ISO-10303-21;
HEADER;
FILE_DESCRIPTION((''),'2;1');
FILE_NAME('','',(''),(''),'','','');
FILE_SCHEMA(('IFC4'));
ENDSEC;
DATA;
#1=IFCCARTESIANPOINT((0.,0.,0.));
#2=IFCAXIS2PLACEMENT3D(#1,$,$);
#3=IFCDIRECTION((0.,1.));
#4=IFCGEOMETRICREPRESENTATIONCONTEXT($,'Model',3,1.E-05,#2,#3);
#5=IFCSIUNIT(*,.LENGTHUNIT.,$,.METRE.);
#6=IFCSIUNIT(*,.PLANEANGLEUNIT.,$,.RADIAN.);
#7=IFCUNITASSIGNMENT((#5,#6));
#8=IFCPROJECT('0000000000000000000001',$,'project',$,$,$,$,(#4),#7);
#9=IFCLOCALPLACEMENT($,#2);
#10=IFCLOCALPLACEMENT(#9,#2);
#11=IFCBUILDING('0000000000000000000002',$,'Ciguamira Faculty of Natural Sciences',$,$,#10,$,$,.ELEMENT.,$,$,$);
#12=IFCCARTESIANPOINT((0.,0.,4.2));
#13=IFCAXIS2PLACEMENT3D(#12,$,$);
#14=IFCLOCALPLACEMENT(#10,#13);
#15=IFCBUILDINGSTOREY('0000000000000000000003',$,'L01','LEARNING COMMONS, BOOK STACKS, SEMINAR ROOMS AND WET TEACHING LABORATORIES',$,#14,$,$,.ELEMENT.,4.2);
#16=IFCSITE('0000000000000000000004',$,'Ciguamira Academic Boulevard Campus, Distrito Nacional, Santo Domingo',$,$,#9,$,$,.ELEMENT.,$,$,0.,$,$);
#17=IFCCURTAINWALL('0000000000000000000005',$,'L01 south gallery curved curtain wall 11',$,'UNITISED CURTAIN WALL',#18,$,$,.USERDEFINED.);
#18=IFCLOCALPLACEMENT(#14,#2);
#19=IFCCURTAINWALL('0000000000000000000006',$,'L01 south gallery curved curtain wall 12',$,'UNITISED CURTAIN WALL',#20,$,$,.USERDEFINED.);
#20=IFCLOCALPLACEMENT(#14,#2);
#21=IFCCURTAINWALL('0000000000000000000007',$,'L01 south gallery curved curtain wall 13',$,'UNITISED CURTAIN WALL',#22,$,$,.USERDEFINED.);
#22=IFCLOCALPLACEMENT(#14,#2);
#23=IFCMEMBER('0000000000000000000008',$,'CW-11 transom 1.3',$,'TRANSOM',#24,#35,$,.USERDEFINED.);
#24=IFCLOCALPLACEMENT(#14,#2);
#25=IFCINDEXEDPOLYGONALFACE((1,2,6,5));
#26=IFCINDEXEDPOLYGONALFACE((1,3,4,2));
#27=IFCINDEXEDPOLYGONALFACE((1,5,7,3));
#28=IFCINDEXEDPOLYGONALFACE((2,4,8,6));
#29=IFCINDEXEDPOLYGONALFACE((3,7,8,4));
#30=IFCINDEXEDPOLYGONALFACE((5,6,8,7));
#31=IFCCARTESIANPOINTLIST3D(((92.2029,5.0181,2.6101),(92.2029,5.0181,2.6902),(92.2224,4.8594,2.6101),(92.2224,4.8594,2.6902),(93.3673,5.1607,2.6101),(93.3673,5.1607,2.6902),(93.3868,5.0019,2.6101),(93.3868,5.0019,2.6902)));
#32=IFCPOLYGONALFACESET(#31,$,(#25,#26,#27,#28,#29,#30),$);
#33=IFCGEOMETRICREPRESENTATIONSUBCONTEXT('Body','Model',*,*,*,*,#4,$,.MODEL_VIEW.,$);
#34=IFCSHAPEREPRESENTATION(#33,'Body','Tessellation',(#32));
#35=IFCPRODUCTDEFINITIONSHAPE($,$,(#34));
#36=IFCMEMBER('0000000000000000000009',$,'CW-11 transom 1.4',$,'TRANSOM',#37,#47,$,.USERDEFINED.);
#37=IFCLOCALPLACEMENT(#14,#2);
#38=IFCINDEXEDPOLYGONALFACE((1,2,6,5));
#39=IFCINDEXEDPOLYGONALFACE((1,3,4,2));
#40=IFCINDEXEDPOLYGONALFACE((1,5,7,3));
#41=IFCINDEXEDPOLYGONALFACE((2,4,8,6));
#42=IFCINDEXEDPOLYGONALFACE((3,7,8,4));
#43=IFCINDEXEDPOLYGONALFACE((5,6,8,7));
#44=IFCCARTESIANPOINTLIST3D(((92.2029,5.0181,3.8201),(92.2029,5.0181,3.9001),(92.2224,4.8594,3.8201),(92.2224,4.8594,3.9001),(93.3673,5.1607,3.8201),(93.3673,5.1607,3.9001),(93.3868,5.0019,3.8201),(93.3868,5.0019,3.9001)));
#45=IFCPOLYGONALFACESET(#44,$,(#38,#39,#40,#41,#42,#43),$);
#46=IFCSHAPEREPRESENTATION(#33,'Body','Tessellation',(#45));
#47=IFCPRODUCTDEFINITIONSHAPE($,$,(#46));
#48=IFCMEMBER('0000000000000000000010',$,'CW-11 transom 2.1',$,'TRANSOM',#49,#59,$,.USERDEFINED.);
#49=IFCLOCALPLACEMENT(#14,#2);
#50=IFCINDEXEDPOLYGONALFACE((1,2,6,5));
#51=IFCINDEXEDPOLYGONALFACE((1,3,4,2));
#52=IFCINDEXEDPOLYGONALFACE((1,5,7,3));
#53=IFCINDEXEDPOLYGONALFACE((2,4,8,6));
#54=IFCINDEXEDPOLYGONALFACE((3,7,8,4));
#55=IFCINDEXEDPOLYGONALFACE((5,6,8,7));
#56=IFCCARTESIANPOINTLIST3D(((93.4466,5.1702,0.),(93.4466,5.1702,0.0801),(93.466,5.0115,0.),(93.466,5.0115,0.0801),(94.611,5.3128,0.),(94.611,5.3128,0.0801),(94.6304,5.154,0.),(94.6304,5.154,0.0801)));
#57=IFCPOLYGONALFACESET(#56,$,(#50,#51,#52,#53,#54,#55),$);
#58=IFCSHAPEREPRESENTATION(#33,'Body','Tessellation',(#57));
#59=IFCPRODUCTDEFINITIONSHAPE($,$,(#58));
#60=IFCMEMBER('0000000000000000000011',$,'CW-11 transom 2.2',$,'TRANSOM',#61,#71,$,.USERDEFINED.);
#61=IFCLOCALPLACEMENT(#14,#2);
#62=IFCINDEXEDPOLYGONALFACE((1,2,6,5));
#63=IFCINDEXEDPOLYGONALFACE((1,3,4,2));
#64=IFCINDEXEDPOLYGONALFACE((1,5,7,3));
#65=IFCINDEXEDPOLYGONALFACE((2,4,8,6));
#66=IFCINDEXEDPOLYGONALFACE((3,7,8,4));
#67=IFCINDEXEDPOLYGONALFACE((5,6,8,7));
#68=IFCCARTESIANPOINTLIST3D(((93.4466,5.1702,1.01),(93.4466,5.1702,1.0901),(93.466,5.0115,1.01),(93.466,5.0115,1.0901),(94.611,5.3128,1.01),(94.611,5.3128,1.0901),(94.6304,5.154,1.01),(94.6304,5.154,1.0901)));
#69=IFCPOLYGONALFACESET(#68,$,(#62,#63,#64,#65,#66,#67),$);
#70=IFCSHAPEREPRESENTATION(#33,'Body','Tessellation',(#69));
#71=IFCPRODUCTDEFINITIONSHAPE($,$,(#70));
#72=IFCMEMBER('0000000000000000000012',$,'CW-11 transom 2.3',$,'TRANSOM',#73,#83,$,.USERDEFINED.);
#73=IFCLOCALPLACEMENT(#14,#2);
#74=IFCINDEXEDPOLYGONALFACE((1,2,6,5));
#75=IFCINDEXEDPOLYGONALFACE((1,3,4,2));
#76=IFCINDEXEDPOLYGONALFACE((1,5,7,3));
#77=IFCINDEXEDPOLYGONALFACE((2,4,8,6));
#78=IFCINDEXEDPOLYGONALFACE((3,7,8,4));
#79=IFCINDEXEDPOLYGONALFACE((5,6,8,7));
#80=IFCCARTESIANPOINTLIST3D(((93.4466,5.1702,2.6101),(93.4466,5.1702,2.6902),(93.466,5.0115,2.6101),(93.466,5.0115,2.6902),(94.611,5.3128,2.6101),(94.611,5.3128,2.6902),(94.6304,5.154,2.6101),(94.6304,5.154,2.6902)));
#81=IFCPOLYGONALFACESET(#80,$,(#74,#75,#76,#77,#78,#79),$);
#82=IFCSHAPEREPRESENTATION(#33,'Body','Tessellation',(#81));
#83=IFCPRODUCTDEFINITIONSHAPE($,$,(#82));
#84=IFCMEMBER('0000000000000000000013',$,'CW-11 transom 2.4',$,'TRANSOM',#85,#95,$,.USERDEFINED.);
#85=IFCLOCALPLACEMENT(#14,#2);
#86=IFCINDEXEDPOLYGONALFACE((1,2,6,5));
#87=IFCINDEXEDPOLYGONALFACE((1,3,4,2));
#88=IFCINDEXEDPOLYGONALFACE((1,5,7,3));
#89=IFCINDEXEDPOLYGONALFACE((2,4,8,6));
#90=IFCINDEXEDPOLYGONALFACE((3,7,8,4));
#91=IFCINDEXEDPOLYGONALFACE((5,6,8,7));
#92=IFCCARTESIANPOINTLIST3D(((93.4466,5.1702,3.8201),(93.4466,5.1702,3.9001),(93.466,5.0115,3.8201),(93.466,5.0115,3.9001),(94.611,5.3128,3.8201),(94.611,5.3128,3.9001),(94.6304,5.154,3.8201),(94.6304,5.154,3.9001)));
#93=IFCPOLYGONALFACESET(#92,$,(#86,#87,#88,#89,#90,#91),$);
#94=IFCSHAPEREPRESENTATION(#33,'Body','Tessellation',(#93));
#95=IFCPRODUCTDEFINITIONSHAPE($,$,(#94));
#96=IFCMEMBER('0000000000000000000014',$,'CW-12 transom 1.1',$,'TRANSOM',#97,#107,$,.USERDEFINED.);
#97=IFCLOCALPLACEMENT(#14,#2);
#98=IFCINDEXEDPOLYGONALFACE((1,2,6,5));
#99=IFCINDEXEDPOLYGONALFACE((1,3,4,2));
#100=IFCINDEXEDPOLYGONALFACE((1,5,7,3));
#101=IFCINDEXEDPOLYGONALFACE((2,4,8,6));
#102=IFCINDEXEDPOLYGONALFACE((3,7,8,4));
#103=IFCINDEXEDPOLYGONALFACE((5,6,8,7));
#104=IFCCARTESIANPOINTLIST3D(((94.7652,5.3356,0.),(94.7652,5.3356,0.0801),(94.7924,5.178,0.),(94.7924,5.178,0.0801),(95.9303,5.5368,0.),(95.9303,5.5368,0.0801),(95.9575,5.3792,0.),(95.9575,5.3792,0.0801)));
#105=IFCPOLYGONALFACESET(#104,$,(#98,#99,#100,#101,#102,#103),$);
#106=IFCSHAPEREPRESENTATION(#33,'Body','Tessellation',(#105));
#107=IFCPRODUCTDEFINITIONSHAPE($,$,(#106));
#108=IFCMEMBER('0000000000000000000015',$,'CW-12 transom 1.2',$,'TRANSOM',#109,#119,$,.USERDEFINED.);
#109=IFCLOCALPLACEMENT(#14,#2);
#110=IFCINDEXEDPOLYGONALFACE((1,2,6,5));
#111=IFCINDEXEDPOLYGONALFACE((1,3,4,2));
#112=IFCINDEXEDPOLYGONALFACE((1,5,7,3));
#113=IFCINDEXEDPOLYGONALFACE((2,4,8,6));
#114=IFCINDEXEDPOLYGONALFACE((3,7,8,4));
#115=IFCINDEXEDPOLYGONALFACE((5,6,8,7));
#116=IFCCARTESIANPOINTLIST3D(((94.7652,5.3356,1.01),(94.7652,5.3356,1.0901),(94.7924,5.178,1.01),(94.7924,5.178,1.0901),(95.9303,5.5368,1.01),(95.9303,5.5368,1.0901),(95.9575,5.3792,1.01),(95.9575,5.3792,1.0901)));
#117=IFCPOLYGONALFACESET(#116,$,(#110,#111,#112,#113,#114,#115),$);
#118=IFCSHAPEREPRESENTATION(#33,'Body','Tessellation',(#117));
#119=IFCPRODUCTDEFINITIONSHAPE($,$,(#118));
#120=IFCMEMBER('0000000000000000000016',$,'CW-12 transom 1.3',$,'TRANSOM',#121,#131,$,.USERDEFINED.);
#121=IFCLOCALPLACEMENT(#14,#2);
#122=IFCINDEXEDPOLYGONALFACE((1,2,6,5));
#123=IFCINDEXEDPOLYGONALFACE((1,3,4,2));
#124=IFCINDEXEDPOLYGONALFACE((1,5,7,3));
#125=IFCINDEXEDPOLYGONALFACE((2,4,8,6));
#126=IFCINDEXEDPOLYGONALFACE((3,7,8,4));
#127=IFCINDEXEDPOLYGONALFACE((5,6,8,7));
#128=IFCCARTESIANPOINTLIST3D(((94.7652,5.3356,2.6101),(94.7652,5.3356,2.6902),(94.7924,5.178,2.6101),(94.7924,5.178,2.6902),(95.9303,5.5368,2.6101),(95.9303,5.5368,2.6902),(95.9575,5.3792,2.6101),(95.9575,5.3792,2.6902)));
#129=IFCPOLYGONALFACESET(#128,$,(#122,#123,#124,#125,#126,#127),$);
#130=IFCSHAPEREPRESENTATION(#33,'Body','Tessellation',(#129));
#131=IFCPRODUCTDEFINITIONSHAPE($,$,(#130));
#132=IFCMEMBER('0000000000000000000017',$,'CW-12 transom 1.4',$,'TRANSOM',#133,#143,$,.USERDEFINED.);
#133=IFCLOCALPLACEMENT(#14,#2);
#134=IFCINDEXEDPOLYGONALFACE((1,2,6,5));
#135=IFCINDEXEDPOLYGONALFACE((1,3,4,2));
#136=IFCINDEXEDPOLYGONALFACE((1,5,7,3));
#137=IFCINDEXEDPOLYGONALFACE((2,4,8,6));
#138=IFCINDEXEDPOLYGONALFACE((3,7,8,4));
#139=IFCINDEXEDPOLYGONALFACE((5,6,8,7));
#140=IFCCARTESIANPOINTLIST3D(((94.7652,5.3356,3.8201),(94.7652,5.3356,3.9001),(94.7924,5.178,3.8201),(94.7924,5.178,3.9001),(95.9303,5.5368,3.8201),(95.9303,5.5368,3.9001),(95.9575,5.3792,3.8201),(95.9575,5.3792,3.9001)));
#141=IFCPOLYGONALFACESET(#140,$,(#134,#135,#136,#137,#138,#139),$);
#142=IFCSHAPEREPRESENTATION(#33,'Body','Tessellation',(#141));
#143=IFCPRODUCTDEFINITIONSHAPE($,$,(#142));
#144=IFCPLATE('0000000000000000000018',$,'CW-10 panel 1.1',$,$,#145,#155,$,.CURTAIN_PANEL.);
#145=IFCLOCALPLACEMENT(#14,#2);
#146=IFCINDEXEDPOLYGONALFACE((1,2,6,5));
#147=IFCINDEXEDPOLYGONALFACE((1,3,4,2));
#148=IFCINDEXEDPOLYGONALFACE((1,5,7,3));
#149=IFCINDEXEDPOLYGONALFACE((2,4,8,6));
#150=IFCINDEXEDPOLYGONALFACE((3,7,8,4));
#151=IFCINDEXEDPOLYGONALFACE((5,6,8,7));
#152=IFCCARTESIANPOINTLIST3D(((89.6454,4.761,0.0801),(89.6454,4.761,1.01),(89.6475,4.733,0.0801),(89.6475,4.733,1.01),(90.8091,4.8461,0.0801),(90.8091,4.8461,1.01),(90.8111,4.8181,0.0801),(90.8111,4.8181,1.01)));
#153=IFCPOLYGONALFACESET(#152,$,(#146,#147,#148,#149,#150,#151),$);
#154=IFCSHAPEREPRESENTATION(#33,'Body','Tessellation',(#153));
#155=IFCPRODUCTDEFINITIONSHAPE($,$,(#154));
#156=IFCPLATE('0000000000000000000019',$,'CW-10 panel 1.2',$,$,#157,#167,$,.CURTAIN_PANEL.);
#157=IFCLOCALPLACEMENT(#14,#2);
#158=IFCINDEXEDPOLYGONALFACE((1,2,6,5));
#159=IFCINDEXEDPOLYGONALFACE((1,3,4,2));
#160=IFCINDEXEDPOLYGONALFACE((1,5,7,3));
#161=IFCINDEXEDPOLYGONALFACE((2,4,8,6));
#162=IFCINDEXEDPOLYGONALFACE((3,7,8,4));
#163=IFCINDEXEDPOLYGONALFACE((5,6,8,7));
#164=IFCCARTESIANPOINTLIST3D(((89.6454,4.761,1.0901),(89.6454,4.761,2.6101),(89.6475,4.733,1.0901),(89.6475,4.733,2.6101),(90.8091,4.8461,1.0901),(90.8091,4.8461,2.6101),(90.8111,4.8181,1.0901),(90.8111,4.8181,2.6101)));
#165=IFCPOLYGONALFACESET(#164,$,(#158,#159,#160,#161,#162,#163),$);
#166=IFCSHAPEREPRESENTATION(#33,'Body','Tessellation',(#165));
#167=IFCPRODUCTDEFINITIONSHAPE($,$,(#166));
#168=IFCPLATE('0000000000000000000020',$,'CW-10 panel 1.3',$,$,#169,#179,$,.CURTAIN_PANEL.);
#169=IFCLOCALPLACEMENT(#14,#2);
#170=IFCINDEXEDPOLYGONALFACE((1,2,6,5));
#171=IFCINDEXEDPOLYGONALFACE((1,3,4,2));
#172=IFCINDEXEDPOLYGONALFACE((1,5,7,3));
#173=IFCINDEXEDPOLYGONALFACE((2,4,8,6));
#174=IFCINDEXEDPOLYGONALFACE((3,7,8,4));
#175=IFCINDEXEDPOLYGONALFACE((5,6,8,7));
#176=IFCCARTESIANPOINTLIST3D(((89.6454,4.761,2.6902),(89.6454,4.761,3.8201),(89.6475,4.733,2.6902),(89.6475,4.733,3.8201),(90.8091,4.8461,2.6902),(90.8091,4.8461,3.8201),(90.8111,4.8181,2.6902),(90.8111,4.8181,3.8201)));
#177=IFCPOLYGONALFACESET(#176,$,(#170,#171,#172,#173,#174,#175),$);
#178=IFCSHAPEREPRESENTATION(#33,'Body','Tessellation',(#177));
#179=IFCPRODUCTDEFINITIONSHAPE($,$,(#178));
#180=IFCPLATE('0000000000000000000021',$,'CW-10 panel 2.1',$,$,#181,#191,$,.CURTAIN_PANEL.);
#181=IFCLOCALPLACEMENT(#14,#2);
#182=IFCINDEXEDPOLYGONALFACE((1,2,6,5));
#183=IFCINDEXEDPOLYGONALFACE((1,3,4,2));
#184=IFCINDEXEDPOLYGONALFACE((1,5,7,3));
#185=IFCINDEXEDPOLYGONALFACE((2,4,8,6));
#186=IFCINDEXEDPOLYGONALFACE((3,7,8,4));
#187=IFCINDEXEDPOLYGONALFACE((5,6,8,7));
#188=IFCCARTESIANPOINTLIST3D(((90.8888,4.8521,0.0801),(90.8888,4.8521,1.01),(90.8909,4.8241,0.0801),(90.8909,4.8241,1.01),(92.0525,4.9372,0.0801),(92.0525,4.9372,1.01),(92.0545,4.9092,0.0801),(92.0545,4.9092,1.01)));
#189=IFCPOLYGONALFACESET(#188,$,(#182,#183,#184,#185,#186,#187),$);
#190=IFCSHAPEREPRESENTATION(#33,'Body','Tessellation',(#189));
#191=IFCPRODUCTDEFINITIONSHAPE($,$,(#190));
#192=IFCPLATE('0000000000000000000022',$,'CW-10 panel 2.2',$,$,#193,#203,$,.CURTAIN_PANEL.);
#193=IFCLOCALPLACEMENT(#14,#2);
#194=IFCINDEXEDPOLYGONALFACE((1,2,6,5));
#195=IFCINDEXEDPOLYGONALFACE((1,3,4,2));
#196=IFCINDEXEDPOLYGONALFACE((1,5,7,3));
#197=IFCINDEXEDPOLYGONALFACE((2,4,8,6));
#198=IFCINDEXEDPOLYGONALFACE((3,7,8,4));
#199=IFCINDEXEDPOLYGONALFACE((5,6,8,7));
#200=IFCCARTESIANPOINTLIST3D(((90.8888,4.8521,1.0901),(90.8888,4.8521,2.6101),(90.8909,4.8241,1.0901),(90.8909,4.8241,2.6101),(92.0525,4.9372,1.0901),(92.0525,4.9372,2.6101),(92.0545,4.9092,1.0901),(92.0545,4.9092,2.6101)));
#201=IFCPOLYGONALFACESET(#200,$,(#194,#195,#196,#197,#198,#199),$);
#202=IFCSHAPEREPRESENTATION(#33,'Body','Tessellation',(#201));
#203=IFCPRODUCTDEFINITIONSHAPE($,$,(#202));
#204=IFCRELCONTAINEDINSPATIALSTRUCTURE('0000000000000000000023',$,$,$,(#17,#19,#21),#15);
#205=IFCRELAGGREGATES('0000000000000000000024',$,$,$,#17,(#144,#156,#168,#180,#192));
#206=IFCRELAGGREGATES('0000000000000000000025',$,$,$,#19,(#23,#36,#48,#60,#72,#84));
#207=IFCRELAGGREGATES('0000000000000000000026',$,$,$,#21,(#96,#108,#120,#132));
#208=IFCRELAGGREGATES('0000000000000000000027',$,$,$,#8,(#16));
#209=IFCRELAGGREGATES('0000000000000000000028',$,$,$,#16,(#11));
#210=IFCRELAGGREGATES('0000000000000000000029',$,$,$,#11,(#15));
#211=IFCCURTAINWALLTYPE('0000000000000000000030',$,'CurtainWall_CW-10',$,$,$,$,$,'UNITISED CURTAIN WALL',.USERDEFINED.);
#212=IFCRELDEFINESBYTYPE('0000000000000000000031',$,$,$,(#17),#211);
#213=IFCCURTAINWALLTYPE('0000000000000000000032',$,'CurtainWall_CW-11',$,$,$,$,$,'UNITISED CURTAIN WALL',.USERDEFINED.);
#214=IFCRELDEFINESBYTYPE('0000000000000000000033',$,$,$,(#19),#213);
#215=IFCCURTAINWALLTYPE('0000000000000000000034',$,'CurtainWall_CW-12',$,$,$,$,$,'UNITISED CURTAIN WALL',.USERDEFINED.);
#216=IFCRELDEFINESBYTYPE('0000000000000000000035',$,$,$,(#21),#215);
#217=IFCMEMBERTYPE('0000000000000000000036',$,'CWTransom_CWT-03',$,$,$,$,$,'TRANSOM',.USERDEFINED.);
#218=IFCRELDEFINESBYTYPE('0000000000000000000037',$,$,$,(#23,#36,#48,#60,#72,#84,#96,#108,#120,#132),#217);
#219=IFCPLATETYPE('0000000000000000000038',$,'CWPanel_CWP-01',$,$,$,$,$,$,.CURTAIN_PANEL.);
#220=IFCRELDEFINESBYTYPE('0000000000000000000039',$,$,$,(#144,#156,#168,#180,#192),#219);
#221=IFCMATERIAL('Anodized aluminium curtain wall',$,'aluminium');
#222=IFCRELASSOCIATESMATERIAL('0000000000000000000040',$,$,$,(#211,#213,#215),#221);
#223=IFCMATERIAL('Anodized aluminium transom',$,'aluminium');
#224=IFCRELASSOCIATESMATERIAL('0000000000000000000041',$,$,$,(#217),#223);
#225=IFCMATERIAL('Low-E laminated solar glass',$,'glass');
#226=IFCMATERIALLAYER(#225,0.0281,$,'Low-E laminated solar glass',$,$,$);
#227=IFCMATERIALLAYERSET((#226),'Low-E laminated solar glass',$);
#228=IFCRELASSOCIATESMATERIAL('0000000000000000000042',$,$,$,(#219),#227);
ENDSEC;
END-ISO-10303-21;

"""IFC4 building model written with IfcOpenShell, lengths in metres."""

from ifc_helpers import new_model, si_unit, direction, frame, origin, origin_2d, place, context, subcontext, project, spatial, rectangle, extrude, material, layer, layer_set, material_profile, profile_set, type_object, element, aggregate, save


model = new_model("IFC4")

# Units and contexts
model_context = context("Model", 3, precision=1e-05, world=origin(), true_north=direction((0.0, 1.0)))
body_context = subcontext(model_context, "Body", "Model", "MODEL_VIEW")
ifc_project = project(units=[si_unit("LENGTHUNIT", "METRE"), si_unit("PLANEANGLEUNIT", "RADIAN")], contexts=[model_context])

# Site, building, storey
site_placement = place(None, origin())
site = spatial("IfcSite", under=ifc_project, at=site_placement, Name="Ciguamira Academic Boulevard Campus, Distrito Nacional, Santo Domingo", CompositionType="ELEMENT", RefElevation=0.0)
building_placement = place(site_placement, origin())
building = spatial("IfcBuilding", under=site, at=building_placement, Name="Ciguamira Faculty of Natural Sciences", CompositionType="ELEMENT")
storey_placement = place(building_placement, frame((0.0, 0.0, 4.2)))
storey = spatial("IfcBuildingStorey", under=building, at=storey_placement, Name="L01", Description="LEARNING COMMONS, BOOK STACKS, SEMINAR ROOMS AND WET TEACHING LABORATORIES", CompositionType="ELEMENT", Elevation=4.2)

# Curtain walls
ifc_material_1 = material(Name="Anodized aluminium curtain wall", Category="aluminium")
curtain_wall_type_1 = type_object("IfcCurtainWallType", Name="CurtainWall_CW-10", ElementType="UNITISED CURTAIN WALL", PredefinedType="USERDEFINED", material=ifc_material_1)
curtain_wall_1_placement = place(storey_placement, origin())
curtain_wall_1 = element("IfcCurtainWall", 1, at=curtain_wall_1_placement, inside=storey, type_object=curtain_wall_type_1, Name="L01 south gallery curved curtain wall 11", ObjectType="UNITISED CURTAIN WALL", PredefinedType="USERDEFINED")
curtain_wall_type_2 = type_object("IfcCurtainWallType", Name="CurtainWall_CW-11", ElementType="UNITISED CURTAIN WALL", PredefinedType="USERDEFINED", material=ifc_material_1)
curtain_wall_2_placement = place(storey_placement, origin())
curtain_wall_2 = element("IfcCurtainWall", 2, at=curtain_wall_2_placement, inside=storey, type_object=curtain_wall_type_2, Name="L01 south gallery curved curtain wall 12", ObjectType="UNITISED CURTAIN WALL", PredefinedType="USERDEFINED")
curtain_wall_type_3 = type_object("IfcCurtainWallType", Name="CurtainWall_CW-12", ElementType="UNITISED CURTAIN WALL", PredefinedType="USERDEFINED", material=ifc_material_1)
curtain_wall_3_placement = place(storey_placement, origin())
curtain_wall_3 = element("IfcCurtainWall", 3, at=curtain_wall_3_placement, inside=storey, type_object=curtain_wall_type_3, Name="L01 south gallery curved curtain wall 13", ObjectType="UNITISED CURTAIN WALL", PredefinedType="USERDEFINED")

# Members
ifc_material_2 = material(Name="Anodized aluminium transom", Category="aluminium")
ifc_material_profile_1 = material_profile(ifc_material_2, rectangle(XDim=0.0801, YDim=0.1599, at=origin_2d()), Name="ALU-TRN-80X160")
ifc_profile_set_1 = profile_set([ifc_material_profile_1], Name="Anodized aluminium transom")
member_type_1 = type_object("IfcMemberType", Name="CWTransom_CWT-03", ElementType="TRANSOM", PredefinedType="USERDEFINED", material=ifc_profile_set_1)
member_1_placement = place(storey_placement, frame((92.2126, 4.9387, 2.6501), z_axis=(0.992585, 0.12155, 0.0), x_axis=(0.0, 0.0, 1.0)))
member_1 = element("IfcMember", 4, at=member_1_placement, type_object=member_type_1, Name="CW-11 transom 1.3", ObjectType="TRANSOM", PredefinedType="USERDEFINED", context=body_context, shape_type="SweptSolid", body=[
    extrude(rectangle(XDim=0.0801, YDim=0.1599, at=origin_2d()), origin(), (0.0, 0.0, 1.0), 1.1731),
])
member_2_placement = place(storey_placement, frame((92.2126, 4.9387, 3.8601), z_axis=(0.992585, 0.12155, 0.0), x_axis=(0.0, 0.0, 1.0)))
member_2 = element("IfcMember", 5, at=member_2_placement, type_object=member_type_1, Name="CW-11 transom 1.4", ObjectType="TRANSOM", PredefinedType="USERDEFINED", context=body_context, shape_type="SweptSolid", body=[
    extrude(rectangle(XDim=0.0801, YDim=0.1599, at=origin_2d()), origin(), (0.0, 0.0, 1.0), 1.1731),
])
member_3_placement = place(storey_placement, frame((93.4563, 5.0908, 0.04), z_axis=(0.992585, 0.12155, 0.0), x_axis=(0.0, 0.0, 1.0)))
member_3 = element("IfcMember", 6, at=member_3_placement, type_object=member_type_1, Name="CW-11 transom 2.1", ObjectType="TRANSOM", PredefinedType="USERDEFINED", context=body_context, shape_type="SweptSolid", body=[
    extrude(rectangle(XDim=0.0801, YDim=0.1599, at=origin_2d()), origin(), (0.0, 0.0, 1.0), 1.1731),
])
member_4_placement = place(storey_placement, frame((93.4563, 5.0908, 1.05), z_axis=(0.992585, 0.12155, 0.0), x_axis=(0.0, 0.0, 1.0)))
member_4 = element("IfcMember", 7, at=member_4_placement, type_object=member_type_1, Name="CW-11 transom 2.2", ObjectType="TRANSOM", PredefinedType="USERDEFINED", context=body_context, shape_type="SweptSolid", body=[
    extrude(rectangle(XDim=0.0801, YDim=0.1599, at=origin_2d()), origin(), (0.0, 0.0, 1.0), 1.1731),
])
member_5_placement = place(storey_placement, frame((93.4563, 5.0908, 2.6501), z_axis=(0.992585, 0.12155, 0.0), x_axis=(0.0, 0.0, 1.0)))
member_5 = element("IfcMember", 8, at=member_5_placement, type_object=member_type_1, Name="CW-11 transom 2.3", ObjectType="TRANSOM", PredefinedType="USERDEFINED", context=body_context, shape_type="SweptSolid", body=[
    extrude(rectangle(XDim=0.0801, YDim=0.1599, at=origin_2d()), origin(), (0.0, 0.0, 1.0), 1.1731),
])
member_6_placement = place(storey_placement, frame((93.4563, 5.0908, 3.8601), z_axis=(0.992585, 0.12155, 0.0), x_axis=(0.0, 0.0, 1.0)))
member_6 = element("IfcMember", 9, at=member_6_placement, type_object=member_type_1, Name="CW-11 transom 2.4", ObjectType="TRANSOM", PredefinedType="USERDEFINED", context=body_context, shape_type="SweptSolid", body=[
    extrude(rectangle(XDim=0.0801, YDim=0.1599, at=origin_2d()), origin(), (0.0, 0.0, 1.0), 1.1731),
])
member_7_placement = place(storey_placement, frame((94.7788, 5.2568, 0.04), z_axis=(0.985417, 0.170156, 0.0), x_axis=(0.0, 0.0, 1.0)))
member_7 = element("IfcMember", 10, at=member_7_placement, type_object=member_type_1, Name="CW-12 transom 1.1", ObjectType="TRANSOM", PredefinedType="USERDEFINED", context=body_context, shape_type="SweptSolid", body=[
    extrude(rectangle(XDim=0.0801, YDim=0.1599, at=origin_2d()), origin(), (0.0, 0.0, 1.0), 1.1824),
])
member_8_placement = place(storey_placement, frame((94.7788, 5.2568, 1.05), z_axis=(0.985417, 0.170156, 0.0), x_axis=(0.0, 0.0, 1.0)))
member_8 = element("IfcMember", 11, at=member_8_placement, type_object=member_type_1, Name="CW-12 transom 1.2", ObjectType="TRANSOM", PredefinedType="USERDEFINED", context=body_context, shape_type="SweptSolid", body=[
    extrude(rectangle(XDim=0.0801, YDim=0.1599, at=origin_2d()), origin(), (0.0, 0.0, 1.0), 1.1824),
])
member_9_placement = place(storey_placement, frame((94.7788, 5.2568, 2.6501), z_axis=(0.985417, 0.170156, 0.0), x_axis=(0.0, 0.0, 1.0)))
member_9 = element("IfcMember", 12, at=member_9_placement, type_object=member_type_1, Name="CW-12 transom 1.3", ObjectType="TRANSOM", PredefinedType="USERDEFINED", context=body_context, shape_type="SweptSolid", body=[
    extrude(rectangle(XDim=0.0801, YDim=0.1599, at=origin_2d()), origin(), (0.0, 0.0, 1.0), 1.1824),
])
member_10_placement = place(storey_placement, frame((94.7788, 5.2568, 3.8601), z_axis=(0.985417, 0.170156, 0.0), x_axis=(0.0, 0.0, 1.0)))
member_10 = element("IfcMember", 13, at=member_10_placement, type_object=member_type_1, Name="CW-12 transom 1.4", ObjectType="TRANSOM", PredefinedType="USERDEFINED", context=body_context, shape_type="SweptSolid", body=[
    extrude(rectangle(XDim=0.0801, YDim=0.1599, at=origin_2d()), origin(), (0.0, 0.0, 1.0), 1.1824),
])

# Plates
ifc_material_3 = material(Name="Low-E laminated solar glass", Category="glass")
ifc_layer = layer(ifc_material_3, 0.0281, Name="Low-E laminated solar glass")
ifc_layer_set = layer_set([ifc_layer], Name="Low-E laminated solar glass")
plate_type = type_object("IfcPlateType", Name="CWPanel_CWP-01", PredefinedType="CURTAIN_PANEL", material=ifc_layer_set)
plate_1_placement = place(storey_placement, frame((90.2283, 4.7896, 0.0801), z_axis=(0.0, 0.0, 1.0), x_axis=(0.997337, 0.072937, 0.0)))
plate_1 = element("IfcPlate", 14, at=plate_1_placement, type_object=plate_type, Name="CW-10 panel 1.1", PredefinedType="CURTAIN_PANEL", context=body_context, shape_type="SweptSolid", body=[
    extrude(rectangle(XDim=1.1667, YDim=0.0281, at=origin_2d()), origin(), (0.0, 0.0, 1.0), 0.9299),
])
plate_2_placement = place(storey_placement, frame((90.2283, 4.7896, 1.0901), z_axis=(0.0, 0.0, 1.0), x_axis=(0.997337, 0.072937, 0.0)))
plate_2 = element("IfcPlate", 15, at=plate_2_placement, type_object=plate_type, Name="CW-10 panel 1.2", PredefinedType="CURTAIN_PANEL", context=body_context, shape_type="SweptSolid", body=[
    extrude(rectangle(XDim=1.1667, YDim=0.0281, at=origin_2d()), origin(), (0.0, 0.0, 1.0), 1.52),
])
plate_3_placement = place(storey_placement, frame((90.2283, 4.7896, 2.6902), z_axis=(0.0, 0.0, 1.0), x_axis=(0.997337, 0.072937, 0.0)))
plate_3 = element("IfcPlate", 16, at=plate_3_placement, type_object=plate_type, Name="CW-10 panel 1.3", PredefinedType="CURTAIN_PANEL", context=body_context, shape_type="SweptSolid", body=[
    extrude(rectangle(XDim=1.1667, YDim=0.0281, at=origin_2d()), origin(), (0.0, 0.0, 1.0), 1.1299),
])
plate_4_placement = place(storey_placement, frame((91.4717, 4.8806, 0.0801), z_axis=(0.0, 0.0, 1.0), x_axis=(0.997337, 0.072937, 0.0)))
plate_4 = element("IfcPlate", 17, at=plate_4_placement, type_object=plate_type, Name="CW-10 panel 2.1", PredefinedType="CURTAIN_PANEL", context=body_context, shape_type="SweptSolid", body=[
    extrude(rectangle(XDim=1.1667, YDim=0.0281, at=origin_2d()), origin(), (0.0, 0.0, 1.0), 0.9299),
])
plate_5_placement = place(storey_placement, frame((91.4717, 4.8806, 1.0901), z_axis=(0.0, 0.0, 1.0), x_axis=(0.997337, 0.072937, 0.0)))
plate_5 = element("IfcPlate", 18, at=plate_5_placement, type_object=plate_type, Name="CW-10 panel 2.2", PredefinedType="CURTAIN_PANEL", context=body_context, shape_type="SweptSolid", body=[
    extrude(rectangle(XDim=1.1667, YDim=0.0281, at=origin_2d()), origin(), (0.0, 0.0, 1.0), 1.52),
])
aggregate(curtain_wall_1, [plate_1, plate_2, plate_3, plate_4, plate_5])
aggregate(curtain_wall_2, [member_1, member_2, member_3, member_4, member_5, member_6])
aggregate(curtain_wall_3, [member_7, member_8, member_9, member_10])

save(model, "model.ifc")
